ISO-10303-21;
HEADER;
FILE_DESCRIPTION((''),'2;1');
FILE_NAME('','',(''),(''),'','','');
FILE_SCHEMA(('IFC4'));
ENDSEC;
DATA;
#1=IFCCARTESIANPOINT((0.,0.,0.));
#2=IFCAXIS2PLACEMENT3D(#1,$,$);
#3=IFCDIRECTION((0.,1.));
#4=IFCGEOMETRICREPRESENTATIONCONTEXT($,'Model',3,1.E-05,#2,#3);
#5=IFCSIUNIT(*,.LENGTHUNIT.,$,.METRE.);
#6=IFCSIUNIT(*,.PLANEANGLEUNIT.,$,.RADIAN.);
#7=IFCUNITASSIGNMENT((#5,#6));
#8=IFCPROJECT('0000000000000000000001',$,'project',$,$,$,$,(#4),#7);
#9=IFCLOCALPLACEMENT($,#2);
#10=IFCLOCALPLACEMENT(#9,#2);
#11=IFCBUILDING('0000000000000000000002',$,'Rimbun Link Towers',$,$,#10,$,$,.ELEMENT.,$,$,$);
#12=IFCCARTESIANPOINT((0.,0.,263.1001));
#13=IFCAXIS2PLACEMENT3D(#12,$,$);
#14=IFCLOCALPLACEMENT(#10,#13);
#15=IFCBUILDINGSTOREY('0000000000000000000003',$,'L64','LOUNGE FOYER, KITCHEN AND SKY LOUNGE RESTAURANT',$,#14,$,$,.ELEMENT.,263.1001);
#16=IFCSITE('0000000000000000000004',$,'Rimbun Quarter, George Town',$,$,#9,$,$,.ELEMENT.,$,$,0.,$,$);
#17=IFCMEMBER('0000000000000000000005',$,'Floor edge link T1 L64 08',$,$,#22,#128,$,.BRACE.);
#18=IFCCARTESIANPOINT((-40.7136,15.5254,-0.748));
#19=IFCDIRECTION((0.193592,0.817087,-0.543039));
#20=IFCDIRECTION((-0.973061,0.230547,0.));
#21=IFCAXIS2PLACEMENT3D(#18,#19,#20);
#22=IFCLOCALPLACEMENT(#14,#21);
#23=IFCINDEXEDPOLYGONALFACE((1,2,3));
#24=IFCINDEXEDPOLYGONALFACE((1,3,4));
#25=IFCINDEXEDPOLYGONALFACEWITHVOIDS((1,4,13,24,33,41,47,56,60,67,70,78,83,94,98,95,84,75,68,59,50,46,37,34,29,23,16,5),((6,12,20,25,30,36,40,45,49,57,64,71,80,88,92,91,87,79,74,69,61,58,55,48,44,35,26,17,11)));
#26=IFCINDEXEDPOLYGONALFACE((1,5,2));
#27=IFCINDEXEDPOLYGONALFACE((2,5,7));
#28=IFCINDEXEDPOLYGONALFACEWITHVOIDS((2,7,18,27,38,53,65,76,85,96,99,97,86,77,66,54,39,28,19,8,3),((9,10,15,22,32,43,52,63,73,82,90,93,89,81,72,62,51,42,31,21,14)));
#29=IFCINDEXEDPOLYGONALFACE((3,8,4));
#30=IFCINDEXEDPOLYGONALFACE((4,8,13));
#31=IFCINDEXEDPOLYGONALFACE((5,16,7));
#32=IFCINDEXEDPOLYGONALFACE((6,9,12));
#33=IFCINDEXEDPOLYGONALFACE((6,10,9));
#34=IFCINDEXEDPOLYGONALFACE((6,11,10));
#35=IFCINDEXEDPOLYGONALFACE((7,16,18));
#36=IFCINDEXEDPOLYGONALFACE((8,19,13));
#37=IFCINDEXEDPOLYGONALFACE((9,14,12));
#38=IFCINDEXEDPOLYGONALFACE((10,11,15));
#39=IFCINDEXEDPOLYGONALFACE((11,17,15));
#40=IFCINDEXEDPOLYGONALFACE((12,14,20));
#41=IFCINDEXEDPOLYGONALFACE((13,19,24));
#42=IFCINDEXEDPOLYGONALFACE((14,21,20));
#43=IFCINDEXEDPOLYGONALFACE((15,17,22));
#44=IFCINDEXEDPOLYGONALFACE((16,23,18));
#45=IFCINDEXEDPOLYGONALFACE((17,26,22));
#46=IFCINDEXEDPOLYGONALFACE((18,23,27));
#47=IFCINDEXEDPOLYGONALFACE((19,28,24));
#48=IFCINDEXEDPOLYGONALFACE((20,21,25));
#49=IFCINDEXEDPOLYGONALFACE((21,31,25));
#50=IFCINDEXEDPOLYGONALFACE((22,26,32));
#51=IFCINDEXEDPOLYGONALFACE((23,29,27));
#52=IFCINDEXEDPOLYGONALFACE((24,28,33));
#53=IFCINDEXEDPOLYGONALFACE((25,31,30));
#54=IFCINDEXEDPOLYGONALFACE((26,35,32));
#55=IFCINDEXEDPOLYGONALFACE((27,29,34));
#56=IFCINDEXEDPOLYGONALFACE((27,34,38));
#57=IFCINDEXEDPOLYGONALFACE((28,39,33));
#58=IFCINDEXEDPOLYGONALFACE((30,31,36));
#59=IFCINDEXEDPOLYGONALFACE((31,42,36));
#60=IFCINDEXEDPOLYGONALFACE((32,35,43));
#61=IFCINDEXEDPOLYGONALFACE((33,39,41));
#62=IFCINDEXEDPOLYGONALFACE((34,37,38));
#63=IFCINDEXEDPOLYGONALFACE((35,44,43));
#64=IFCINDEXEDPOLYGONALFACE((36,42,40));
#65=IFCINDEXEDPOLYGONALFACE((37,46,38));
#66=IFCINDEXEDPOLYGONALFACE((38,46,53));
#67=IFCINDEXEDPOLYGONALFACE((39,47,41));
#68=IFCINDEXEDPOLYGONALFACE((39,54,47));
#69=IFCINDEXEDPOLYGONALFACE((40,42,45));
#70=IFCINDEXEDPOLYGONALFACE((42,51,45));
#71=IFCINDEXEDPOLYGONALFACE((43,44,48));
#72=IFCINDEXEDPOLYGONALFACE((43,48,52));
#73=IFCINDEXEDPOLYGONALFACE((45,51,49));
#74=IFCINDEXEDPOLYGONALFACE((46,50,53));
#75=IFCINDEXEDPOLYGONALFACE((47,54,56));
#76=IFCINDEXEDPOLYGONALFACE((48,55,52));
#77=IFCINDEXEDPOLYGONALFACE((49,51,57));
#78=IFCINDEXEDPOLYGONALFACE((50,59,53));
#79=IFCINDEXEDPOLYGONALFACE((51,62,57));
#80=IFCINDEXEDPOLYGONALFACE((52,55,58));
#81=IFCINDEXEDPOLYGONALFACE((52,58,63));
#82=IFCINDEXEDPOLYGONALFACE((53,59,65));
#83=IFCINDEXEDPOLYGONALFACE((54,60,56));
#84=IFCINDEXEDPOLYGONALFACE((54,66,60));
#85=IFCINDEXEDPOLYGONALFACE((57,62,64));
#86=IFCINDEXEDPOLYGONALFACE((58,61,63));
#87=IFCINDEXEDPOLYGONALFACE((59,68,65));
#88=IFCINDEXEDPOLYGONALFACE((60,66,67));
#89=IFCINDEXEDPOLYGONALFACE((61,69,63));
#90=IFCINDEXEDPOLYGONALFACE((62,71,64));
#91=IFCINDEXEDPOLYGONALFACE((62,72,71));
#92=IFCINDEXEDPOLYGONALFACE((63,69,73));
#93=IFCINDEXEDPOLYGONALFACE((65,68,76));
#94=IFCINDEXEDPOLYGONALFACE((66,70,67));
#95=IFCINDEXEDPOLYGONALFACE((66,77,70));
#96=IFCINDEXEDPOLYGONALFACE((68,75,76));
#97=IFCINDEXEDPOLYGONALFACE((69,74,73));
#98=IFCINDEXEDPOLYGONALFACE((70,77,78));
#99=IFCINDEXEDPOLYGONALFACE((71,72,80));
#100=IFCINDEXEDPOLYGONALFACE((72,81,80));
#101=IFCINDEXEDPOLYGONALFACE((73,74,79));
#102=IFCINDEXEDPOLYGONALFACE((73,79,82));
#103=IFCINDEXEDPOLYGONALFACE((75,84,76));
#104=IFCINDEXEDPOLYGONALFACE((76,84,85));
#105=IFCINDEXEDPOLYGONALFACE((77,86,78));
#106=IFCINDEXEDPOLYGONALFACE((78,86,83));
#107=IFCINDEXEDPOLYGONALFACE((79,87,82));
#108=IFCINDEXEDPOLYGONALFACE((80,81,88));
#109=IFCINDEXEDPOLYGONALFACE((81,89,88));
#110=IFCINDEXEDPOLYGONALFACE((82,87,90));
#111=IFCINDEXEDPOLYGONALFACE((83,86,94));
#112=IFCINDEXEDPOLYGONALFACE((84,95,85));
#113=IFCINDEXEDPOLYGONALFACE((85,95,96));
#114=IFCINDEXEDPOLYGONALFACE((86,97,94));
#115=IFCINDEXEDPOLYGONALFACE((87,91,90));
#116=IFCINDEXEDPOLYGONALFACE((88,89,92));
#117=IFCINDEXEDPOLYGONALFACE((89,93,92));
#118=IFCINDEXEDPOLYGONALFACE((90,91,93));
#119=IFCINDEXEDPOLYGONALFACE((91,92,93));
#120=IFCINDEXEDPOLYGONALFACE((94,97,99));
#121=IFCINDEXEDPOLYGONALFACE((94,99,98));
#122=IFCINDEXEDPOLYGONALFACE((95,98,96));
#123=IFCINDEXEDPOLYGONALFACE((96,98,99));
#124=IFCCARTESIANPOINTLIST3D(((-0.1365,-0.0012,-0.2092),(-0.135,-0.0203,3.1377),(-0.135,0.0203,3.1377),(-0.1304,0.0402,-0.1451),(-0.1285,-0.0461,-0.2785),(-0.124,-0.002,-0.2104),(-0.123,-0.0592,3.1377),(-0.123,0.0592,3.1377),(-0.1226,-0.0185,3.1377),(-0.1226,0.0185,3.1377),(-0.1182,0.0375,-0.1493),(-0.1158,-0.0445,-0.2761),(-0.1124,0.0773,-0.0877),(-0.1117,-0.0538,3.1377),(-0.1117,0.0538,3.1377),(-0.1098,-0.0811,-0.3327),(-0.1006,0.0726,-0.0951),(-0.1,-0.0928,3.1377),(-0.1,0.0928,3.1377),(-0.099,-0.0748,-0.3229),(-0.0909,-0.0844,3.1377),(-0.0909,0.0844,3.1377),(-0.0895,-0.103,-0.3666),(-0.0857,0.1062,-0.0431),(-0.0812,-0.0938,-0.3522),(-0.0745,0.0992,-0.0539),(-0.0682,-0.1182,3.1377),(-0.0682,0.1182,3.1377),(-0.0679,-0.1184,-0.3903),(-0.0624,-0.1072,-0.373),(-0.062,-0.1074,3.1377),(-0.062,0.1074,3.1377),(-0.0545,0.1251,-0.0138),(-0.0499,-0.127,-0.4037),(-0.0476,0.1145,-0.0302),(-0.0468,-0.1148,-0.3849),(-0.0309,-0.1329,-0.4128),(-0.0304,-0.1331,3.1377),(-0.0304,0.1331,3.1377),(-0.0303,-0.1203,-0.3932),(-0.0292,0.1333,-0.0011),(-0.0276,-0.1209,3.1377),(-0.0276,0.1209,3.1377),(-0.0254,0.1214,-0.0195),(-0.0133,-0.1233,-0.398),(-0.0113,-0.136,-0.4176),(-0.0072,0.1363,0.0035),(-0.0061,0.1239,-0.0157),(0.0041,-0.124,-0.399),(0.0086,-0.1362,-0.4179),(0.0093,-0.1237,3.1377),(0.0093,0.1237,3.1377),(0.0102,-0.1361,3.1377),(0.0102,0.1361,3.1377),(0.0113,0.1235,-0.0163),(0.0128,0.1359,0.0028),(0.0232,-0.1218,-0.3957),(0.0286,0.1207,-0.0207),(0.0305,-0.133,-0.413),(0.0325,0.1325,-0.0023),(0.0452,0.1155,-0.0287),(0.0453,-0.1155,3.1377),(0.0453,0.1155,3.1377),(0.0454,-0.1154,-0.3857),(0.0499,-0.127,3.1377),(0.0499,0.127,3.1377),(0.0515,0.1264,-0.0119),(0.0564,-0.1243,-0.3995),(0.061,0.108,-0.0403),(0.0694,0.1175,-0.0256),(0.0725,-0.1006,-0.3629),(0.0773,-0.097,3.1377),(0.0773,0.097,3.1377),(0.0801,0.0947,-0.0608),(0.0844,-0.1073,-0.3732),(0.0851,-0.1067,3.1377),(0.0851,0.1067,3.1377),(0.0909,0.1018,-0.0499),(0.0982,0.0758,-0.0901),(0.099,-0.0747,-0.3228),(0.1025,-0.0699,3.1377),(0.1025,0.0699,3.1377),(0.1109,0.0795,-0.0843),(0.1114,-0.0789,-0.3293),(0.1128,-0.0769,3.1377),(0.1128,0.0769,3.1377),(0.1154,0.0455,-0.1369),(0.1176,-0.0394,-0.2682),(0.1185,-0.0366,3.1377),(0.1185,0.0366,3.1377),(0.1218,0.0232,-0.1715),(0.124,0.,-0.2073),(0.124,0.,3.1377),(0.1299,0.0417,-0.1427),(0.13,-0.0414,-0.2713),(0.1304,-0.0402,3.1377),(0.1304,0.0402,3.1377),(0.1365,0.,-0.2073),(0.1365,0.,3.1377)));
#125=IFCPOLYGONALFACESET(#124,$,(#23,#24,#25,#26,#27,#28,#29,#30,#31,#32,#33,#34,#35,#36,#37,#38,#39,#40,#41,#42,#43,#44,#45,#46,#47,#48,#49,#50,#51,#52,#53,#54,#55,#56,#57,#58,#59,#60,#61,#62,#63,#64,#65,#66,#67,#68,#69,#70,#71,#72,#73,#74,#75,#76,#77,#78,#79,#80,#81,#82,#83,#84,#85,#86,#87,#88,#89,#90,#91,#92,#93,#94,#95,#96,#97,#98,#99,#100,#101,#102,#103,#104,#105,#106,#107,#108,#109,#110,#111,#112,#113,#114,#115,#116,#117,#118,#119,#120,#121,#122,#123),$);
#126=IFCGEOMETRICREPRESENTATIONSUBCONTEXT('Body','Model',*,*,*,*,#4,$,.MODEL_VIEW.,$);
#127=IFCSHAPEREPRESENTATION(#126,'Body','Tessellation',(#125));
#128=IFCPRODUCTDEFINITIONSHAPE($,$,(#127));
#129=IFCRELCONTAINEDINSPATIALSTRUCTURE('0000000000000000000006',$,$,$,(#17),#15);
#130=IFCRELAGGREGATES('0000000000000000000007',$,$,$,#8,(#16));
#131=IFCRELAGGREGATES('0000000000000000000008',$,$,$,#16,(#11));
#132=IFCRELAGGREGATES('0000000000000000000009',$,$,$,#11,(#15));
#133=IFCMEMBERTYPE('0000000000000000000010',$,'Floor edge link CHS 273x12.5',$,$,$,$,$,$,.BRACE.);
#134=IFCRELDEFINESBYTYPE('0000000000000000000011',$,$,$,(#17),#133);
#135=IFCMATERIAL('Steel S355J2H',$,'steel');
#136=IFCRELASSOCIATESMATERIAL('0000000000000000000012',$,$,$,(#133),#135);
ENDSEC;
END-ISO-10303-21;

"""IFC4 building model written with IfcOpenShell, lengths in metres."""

from ifc_helpers import new_model, si_unit, direction, frame, origin, origin_2d, place, context, subcontext, project, spatial, hollow_circle, extrude, clip, halfspace, material, material_profile, profile_set, type_object, element, save


model = new_model("IFC4")

# Units and contexts
model_context = context("Model", 3, precision=1e-05, world=origin(), true_north=direction((0.0, 1.0)))
body_context = subcontext(model_context, "Body", "Model", "MODEL_VIEW")
ifc_project = project(units=[si_unit("LENGTHUNIT", "METRE"), si_unit("PLANEANGLEUNIT", "RADIAN")], contexts=[model_context])

# Site, building, storey
site_placement = place(None, origin())
site = spatial("IfcSite", under=ifc_project, at=site_placement, Name="Rimbun Quarter, George Town", CompositionType="ELEMENT", RefElevation=0.0)
building_placement = place(site_placement, origin())
building = spatial("IfcBuilding", under=site, at=building_placement, Name="Rimbun Link Towers", CompositionType="ELEMENT")
storey_placement = place(building_placement, frame((0.0, 0.0, 263.1001)))
storey = spatial("IfcBuildingStorey", under=building, at=storey_placement, Name="L64", Description="LOUNGE FOYER, KITCHEN AND SKY LOUNGE RESTAURANT", CompositionType="ELEMENT", Elevation=263.1001)

# Member
ifc_material_1 = material(Name="Steel S355J2H", Category="steel")
ifc_material_profile_1 = material_profile(ifc_material_1, hollow_circle(Radius=0.1365, WallThickness=0.0125, at=origin_2d()), Name="CHS 273x12.5")
ifc_profile_set_1 = profile_set([ifc_material_profile_1], Name="Steel S355J2H")
member_type_1 = type_object("IfcMemberType", Name="Floor edge link CHS 273x12.5", PredefinedType="BRACE", material=ifc_profile_set_1)
member_1_placement = place(storey_placement, frame((-40.7136, 15.5254, -0.748), z_axis=(0.193592, 0.817087, -0.543039), x_axis=(-0.973061, 0.230547, 0.0)))
element("IfcMember", 1, at=member_1_placement, inside=storey, type_object=member_type_1, Name="Floor edge link T1 L64 08", PredefinedType="BRACE", context=body_context, shape_type="Clipping", body=[
    clip(extrude(hollow_circle(Radius=0.1365, WallThickness=0.0125, at=origin_2d()), frame((0.0, 0.0, -0.4404)), (0.0, 0.0, 1.0), 3.5781), halfspace(frame((0.0, 0.0, -0.2073), z_axis=(0.0, 0.839708, -0.543039)), False)),
])

save(model, "model.ifc")
